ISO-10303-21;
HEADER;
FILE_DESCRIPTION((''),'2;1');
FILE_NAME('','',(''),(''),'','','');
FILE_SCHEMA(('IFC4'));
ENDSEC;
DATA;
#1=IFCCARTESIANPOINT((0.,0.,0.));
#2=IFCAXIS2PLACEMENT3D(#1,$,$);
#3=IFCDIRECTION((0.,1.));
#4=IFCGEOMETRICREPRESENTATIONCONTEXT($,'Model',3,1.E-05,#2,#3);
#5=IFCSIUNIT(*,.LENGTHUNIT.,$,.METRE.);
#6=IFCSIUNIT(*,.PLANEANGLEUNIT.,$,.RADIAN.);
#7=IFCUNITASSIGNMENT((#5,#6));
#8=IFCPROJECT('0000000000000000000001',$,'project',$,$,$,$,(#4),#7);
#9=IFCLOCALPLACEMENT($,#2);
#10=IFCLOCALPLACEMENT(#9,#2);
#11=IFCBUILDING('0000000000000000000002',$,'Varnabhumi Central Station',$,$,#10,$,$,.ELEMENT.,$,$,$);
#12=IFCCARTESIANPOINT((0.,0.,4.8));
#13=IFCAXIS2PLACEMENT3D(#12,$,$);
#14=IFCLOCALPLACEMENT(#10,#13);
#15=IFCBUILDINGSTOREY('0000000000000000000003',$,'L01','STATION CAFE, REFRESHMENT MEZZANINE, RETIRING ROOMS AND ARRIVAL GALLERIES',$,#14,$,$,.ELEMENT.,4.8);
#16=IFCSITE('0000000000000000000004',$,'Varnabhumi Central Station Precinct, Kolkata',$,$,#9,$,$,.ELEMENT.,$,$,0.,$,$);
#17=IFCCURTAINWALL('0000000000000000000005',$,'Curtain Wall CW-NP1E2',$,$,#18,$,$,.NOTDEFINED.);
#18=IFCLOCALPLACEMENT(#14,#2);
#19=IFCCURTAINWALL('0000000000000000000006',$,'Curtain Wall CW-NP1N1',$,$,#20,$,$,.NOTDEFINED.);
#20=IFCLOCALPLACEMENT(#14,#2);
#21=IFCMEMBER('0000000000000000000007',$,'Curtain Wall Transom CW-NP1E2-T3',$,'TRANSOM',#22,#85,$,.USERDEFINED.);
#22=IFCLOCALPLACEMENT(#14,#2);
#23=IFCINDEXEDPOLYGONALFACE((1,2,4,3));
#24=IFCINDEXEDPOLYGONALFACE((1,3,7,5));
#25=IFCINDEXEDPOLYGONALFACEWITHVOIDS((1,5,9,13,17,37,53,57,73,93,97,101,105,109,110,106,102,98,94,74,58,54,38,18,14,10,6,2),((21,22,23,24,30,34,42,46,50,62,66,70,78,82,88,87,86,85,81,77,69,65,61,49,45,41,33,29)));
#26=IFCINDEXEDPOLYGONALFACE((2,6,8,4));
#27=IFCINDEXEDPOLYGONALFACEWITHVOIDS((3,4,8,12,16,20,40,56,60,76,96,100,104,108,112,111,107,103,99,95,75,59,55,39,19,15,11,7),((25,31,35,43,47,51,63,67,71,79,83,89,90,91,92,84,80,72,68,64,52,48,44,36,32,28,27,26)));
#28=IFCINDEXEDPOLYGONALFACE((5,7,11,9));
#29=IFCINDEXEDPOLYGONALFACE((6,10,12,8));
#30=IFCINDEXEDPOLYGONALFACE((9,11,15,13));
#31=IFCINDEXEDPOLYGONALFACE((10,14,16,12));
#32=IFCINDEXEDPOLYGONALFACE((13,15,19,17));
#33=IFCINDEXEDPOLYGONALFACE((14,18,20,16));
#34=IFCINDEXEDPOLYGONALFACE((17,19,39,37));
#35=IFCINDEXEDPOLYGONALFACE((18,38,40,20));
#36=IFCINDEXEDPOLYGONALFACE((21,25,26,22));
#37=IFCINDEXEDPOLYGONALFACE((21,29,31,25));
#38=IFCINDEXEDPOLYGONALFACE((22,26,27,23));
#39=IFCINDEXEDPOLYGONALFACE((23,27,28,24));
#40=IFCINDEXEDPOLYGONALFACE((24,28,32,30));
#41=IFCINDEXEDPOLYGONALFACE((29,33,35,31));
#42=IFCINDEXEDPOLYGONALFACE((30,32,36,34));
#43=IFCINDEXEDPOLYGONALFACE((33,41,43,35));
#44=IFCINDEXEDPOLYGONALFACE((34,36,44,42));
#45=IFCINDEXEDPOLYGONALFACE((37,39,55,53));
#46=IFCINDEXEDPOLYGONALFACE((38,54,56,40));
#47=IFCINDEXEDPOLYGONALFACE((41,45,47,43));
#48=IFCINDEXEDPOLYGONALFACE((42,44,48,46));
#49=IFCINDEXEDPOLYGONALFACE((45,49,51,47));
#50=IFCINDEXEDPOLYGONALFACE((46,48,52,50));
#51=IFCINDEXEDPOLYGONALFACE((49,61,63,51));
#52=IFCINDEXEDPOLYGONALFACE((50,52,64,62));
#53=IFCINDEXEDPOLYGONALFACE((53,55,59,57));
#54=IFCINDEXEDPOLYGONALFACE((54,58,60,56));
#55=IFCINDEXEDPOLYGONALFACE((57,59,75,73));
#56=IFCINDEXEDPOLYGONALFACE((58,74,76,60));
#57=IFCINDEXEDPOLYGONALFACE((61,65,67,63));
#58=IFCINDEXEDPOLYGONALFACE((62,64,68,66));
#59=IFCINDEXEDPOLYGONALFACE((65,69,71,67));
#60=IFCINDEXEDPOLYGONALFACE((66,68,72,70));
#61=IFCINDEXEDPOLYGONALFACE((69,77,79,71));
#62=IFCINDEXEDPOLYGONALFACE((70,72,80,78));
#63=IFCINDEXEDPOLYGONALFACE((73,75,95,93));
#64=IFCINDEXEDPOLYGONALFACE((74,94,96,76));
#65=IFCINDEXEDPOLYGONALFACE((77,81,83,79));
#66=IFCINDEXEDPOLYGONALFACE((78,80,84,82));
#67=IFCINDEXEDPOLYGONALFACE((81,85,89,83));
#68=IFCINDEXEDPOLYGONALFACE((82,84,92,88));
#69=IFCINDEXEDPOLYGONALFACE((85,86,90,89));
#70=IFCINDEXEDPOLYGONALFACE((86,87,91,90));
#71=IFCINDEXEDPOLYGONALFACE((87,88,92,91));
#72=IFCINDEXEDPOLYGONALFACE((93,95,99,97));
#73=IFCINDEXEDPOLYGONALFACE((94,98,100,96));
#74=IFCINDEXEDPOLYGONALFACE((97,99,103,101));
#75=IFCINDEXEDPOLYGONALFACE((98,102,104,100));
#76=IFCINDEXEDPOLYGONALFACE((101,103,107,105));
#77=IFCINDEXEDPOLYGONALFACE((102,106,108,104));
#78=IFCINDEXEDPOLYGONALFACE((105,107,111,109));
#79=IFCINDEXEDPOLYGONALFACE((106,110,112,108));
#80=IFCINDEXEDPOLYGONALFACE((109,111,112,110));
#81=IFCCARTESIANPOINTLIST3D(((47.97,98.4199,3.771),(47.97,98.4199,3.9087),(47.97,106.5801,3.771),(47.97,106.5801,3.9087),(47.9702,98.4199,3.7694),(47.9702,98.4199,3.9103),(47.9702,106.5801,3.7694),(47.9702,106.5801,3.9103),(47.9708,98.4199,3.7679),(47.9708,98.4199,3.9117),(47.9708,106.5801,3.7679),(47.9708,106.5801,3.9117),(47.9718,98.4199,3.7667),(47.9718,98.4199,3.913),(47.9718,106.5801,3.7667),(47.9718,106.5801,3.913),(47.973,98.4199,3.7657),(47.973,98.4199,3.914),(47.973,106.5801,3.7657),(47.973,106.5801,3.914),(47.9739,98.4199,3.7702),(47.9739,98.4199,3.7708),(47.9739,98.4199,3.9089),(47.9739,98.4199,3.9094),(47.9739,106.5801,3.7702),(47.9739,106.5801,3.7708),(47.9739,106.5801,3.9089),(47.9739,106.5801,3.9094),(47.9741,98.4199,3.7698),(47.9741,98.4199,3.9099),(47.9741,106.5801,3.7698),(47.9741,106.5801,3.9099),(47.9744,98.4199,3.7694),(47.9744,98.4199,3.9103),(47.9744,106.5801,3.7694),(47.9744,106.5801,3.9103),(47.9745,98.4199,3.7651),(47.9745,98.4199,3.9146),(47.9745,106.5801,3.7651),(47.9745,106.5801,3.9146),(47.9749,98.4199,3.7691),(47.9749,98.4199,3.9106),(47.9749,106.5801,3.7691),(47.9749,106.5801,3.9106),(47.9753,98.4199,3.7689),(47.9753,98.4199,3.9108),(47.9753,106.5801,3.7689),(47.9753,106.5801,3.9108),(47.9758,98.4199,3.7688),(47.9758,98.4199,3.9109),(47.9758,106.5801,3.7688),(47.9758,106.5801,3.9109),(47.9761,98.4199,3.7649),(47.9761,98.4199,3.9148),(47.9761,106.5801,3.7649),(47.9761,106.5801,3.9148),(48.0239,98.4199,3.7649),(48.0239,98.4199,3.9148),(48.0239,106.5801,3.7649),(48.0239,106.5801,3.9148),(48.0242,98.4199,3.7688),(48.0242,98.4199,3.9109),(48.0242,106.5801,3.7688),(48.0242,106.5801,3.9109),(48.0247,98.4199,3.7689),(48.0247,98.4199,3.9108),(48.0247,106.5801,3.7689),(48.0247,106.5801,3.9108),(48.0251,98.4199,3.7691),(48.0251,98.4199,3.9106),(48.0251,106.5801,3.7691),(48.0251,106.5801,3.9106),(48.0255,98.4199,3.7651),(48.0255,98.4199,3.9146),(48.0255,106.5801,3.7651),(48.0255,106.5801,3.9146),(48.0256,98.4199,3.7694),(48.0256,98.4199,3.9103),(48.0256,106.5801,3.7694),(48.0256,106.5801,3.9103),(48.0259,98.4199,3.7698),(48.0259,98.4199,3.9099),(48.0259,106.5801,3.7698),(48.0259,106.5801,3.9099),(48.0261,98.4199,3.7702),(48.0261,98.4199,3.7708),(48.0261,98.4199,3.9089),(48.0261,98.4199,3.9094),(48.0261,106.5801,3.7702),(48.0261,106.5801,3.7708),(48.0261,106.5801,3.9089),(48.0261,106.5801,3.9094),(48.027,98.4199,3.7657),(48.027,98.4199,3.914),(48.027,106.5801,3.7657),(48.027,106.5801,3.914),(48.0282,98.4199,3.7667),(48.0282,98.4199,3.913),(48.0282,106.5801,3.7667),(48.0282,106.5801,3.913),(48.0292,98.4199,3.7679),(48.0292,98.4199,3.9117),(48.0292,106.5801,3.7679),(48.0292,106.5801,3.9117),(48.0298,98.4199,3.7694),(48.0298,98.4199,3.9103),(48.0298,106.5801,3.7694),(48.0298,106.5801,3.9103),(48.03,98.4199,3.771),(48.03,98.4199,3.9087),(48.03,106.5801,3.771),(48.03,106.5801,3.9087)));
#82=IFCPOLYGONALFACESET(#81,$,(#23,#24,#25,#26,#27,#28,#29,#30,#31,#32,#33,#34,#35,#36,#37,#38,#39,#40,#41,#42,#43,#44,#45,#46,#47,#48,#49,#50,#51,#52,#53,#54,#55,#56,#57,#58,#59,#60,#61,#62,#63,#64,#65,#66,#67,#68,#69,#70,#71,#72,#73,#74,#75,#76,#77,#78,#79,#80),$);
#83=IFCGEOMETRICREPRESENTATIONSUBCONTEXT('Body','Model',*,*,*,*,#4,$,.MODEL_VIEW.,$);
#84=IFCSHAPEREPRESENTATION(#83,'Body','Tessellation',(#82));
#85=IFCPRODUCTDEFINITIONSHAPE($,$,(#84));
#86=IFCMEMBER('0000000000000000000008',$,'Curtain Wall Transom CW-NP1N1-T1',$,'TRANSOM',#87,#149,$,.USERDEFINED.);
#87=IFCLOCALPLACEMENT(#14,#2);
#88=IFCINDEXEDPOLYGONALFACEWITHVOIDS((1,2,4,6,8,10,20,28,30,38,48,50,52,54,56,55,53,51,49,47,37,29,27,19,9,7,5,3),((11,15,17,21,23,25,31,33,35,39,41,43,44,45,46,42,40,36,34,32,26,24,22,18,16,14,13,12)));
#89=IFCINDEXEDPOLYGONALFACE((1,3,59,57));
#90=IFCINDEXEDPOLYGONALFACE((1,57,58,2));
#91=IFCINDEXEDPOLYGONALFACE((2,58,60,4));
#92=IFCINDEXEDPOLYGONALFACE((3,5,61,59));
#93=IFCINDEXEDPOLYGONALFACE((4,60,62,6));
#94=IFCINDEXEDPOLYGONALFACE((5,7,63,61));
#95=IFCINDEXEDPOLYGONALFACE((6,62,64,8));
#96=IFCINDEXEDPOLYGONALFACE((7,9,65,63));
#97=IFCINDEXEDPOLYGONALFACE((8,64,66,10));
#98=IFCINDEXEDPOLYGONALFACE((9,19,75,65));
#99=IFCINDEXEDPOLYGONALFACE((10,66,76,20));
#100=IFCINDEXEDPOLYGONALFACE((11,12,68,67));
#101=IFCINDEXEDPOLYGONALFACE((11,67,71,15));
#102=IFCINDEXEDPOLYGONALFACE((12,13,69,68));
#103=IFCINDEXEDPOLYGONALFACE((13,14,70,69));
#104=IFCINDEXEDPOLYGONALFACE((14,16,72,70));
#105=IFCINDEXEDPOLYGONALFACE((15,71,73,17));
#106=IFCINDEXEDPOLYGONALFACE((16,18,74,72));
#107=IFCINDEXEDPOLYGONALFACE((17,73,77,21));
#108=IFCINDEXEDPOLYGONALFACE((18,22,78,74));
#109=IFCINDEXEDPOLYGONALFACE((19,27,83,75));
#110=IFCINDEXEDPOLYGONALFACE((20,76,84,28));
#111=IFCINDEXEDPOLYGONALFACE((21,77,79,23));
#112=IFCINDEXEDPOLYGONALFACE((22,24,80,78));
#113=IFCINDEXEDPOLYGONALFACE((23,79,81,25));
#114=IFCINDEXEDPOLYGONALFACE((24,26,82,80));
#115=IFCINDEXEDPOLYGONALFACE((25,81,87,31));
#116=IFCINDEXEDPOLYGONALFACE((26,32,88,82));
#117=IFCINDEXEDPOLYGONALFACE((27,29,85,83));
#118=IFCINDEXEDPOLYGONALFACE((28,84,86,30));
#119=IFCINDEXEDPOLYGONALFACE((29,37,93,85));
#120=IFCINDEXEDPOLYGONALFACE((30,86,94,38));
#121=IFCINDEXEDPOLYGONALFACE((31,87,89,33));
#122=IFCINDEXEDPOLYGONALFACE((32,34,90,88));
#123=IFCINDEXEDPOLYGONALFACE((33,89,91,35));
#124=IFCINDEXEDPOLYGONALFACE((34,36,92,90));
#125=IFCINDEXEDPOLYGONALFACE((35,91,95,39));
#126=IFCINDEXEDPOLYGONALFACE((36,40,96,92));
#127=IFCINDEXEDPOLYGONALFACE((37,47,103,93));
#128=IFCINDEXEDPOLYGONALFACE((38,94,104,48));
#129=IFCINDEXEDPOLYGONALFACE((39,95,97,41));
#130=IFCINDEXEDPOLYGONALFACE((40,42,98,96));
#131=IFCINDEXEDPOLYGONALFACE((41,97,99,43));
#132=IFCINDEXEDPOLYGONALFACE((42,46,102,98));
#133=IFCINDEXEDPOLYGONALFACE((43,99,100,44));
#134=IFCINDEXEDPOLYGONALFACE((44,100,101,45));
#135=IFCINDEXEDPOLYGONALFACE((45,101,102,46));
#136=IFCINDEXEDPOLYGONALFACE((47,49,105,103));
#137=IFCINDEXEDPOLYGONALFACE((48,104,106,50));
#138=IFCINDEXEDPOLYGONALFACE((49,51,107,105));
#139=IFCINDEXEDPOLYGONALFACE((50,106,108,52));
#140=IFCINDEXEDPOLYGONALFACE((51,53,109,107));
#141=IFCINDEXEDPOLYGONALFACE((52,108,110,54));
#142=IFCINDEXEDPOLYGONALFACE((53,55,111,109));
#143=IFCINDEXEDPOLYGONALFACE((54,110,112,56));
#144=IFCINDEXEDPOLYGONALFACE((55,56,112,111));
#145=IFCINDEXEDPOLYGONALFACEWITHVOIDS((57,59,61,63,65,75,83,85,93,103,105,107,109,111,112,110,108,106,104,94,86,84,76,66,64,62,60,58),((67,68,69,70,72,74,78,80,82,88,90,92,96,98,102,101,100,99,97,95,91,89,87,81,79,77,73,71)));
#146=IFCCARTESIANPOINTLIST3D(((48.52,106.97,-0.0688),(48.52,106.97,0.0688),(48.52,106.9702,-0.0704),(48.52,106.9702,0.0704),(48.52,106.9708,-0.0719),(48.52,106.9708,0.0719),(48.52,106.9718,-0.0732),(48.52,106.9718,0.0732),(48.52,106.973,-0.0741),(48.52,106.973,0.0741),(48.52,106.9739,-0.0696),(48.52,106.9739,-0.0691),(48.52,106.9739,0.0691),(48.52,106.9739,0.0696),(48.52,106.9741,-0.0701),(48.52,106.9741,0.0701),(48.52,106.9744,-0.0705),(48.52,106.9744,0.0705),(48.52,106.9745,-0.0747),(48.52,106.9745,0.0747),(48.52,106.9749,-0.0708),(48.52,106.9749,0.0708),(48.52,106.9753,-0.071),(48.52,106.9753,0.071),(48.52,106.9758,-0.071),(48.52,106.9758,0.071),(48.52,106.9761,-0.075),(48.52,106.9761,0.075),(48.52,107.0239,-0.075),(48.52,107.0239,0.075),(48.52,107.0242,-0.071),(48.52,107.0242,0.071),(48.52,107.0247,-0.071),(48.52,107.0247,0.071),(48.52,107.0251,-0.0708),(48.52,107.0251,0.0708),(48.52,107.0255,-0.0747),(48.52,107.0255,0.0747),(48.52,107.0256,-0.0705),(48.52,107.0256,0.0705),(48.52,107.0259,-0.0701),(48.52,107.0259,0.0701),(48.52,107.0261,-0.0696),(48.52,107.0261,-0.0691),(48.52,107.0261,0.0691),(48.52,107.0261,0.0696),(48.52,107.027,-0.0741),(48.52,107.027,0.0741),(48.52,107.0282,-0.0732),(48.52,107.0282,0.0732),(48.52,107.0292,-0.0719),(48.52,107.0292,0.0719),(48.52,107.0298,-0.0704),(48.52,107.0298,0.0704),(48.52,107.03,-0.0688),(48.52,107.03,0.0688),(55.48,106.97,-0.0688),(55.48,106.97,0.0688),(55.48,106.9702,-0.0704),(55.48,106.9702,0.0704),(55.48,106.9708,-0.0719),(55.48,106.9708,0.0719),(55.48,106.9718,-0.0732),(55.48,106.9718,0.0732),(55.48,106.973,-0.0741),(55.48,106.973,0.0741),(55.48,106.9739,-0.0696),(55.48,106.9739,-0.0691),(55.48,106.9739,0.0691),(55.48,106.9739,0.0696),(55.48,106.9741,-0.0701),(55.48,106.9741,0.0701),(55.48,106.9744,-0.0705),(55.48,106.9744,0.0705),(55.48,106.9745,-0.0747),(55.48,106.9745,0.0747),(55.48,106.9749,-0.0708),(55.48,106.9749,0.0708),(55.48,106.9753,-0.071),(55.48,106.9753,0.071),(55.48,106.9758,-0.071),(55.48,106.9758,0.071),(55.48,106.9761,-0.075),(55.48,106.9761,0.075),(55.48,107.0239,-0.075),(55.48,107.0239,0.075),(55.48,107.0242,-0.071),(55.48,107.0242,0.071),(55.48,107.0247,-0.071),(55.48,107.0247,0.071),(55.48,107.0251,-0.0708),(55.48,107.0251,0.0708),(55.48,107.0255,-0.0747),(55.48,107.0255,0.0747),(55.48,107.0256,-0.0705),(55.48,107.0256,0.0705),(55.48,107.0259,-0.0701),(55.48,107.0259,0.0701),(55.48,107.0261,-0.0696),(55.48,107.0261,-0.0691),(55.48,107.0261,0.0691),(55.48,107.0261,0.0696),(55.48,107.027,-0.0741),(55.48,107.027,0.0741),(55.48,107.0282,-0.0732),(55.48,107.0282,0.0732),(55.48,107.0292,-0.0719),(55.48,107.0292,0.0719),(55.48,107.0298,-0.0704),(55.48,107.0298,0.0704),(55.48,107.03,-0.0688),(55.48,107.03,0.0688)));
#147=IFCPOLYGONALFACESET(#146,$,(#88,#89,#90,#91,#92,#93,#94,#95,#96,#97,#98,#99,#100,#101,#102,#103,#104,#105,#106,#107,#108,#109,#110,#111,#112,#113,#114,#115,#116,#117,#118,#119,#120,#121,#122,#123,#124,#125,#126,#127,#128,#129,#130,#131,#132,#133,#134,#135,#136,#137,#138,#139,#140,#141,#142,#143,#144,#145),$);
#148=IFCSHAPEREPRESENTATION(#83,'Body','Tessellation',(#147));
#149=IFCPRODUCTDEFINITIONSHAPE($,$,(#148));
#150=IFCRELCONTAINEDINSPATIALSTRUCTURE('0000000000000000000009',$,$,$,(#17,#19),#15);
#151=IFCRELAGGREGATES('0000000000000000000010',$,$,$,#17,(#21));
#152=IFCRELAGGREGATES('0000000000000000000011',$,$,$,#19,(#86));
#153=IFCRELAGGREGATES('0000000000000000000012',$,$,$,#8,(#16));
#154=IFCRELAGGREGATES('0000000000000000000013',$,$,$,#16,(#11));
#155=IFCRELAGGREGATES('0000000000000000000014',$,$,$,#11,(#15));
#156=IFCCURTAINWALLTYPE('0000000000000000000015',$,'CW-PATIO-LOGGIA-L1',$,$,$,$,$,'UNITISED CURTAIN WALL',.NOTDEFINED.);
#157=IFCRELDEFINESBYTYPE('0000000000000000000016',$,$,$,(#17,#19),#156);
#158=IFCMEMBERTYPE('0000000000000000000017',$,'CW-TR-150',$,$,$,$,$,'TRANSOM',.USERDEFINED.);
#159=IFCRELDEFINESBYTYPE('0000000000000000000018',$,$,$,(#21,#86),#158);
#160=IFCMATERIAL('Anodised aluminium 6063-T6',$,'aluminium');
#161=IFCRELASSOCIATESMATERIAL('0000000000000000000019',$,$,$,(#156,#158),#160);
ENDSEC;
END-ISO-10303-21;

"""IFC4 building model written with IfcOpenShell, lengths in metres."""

from ifc_helpers import new_model, si_unit, direction, frame, origin, origin_2d, place, context, subcontext, project, spatial, hollow_rectangle, extrude, material, material_profile, profile_set, type_object, element, aggregate, save


model = new_model("IFC4")

# Units and contexts
model_context = context("Model", 3, precision=1e-05, world=origin(), true_north=direction((0.0, 1.0)))
body_context = subcontext(model_context, "Body", "Model", "MODEL_VIEW")
ifc_project = project(units=[si_unit("LENGTHUNIT", "METRE"), si_unit("PLANEANGLEUNIT", "RADIAN")], contexts=[model_context])

# Site, building, storey
site_placement = place(None, origin())
site = spatial("IfcSite", under=ifc_project, at=site_placement, Name="Varnabhumi Central Station Precinct, Kolkata", CompositionType="ELEMENT", RefElevation=0.0)
building_placement = place(site_placement, origin())
building = spatial("IfcBuilding", under=site, at=building_placement, Name="Varnabhumi Central Station", CompositionType="ELEMENT")
storey_placement = place(building_placement, frame((0.0, 0.0, 4.8)))
storey = spatial("IfcBuildingStorey", under=building, at=storey_placement, Name="L01", Description="STATION CAFE, REFRESHMENT MEZZANINE, RETIRING ROOMS AND ARRIVAL GALLERIES", CompositionType="ELEMENT", Elevation=4.8)

# Curtain walls
ifc_material_1 = material(Name="Anodised aluminium 6063-T6", Category="aluminium")
curtain_wall_type = type_object("IfcCurtainWallType", Name="CW-PATIO-LOGGIA-L1", ElementType="UNITISED CURTAIN WALL", PredefinedType="NOTDEFINED", material=ifc_material_1)
curtain_wall_1_placement = place(storey_placement, origin())
curtain_wall_1 = element("IfcCurtainWall", 1, at=curtain_wall_1_placement, inside=storey, type_object=curtain_wall_type, Name="Curtain Wall CW-NP1E2", PredefinedType="NOTDEFINED")
curtain_wall_2_placement = place(storey_placement, origin())
curtain_wall_2 = element("IfcCurtainWall", 2, at=curtain_wall_2_placement, inside=storey, type_object=curtain_wall_type, Name="Curtain Wall CW-NP1N1", PredefinedType="NOTDEFINED")

# Members
ifc_material_profile_1 = material_profile(ifc_material_1, hollow_rectangle(XDim=0.0601, YDim=0.1499, WallThickness=0.0039, InnerFilletRadius=0.002, OuterFilletRadius=0.0061, at=origin_2d()), Name="Anodised aluminium 6063-T6", Category="aluminium")
ifc_profile_set_1 = profile_set([ifc_material_profile_1], Name="Anodised aluminium 6063-T6")
member_type_1 = type_object("IfcMemberType", Name="CW-TR-150", ElementType="TRANSOM", PredefinedType="USERDEFINED", material=ifc_profile_set_1)
member_1_placement = place(storey_placement, frame((48.0, 98.4199, 3.8398), z_axis=(0.0, 1.0, 0.0), x_axis=(-1.0, 0.0, 0.0)))
member_1 = element("IfcMember", 3, at=member_1_placement, type_object=member_type_1, Name="Curtain Wall Transom CW-NP1E2-T3", ObjectType="TRANSOM", PredefinedType="USERDEFINED", context=body_context, shape_type="SweptSolid", body=[
    extrude(hollow_rectangle(XDim=0.0601, YDim=0.1499, WallThickness=0.0039, InnerFilletRadius=0.002, OuterFilletRadius=0.0061, at=origin_2d()), origin(), (0.0, 0.0, 1.0), 8.1602),
])
member_2_placement = place(storey_placement, frame((48.52, 107.0, 0.0), z_axis=(1.0, 0.0, 0.0), x_axis=(0.0, 1.0, 0.0)))
member_2 = element("IfcMember", 4, at=member_2_placement, type_object=member_type_1, Name="Curtain Wall Transom CW-NP1N1-T1", ObjectType="TRANSOM", PredefinedType="USERDEFINED", context=body_context, shape_type="SweptSolid", body=[
    extrude(hollow_rectangle(XDim=0.0601, YDim=0.1499, WallThickness=0.0039, InnerFilletRadius=0.002, OuterFilletRadius=0.0061, at=origin_2d()), origin(), (0.0, 0.0, 1.0), 6.96),
])

aggregate(curtain_wall_1, [member_1])
aggregate(curtain_wall_2, [member_2])

save(model, "model.ifc")
